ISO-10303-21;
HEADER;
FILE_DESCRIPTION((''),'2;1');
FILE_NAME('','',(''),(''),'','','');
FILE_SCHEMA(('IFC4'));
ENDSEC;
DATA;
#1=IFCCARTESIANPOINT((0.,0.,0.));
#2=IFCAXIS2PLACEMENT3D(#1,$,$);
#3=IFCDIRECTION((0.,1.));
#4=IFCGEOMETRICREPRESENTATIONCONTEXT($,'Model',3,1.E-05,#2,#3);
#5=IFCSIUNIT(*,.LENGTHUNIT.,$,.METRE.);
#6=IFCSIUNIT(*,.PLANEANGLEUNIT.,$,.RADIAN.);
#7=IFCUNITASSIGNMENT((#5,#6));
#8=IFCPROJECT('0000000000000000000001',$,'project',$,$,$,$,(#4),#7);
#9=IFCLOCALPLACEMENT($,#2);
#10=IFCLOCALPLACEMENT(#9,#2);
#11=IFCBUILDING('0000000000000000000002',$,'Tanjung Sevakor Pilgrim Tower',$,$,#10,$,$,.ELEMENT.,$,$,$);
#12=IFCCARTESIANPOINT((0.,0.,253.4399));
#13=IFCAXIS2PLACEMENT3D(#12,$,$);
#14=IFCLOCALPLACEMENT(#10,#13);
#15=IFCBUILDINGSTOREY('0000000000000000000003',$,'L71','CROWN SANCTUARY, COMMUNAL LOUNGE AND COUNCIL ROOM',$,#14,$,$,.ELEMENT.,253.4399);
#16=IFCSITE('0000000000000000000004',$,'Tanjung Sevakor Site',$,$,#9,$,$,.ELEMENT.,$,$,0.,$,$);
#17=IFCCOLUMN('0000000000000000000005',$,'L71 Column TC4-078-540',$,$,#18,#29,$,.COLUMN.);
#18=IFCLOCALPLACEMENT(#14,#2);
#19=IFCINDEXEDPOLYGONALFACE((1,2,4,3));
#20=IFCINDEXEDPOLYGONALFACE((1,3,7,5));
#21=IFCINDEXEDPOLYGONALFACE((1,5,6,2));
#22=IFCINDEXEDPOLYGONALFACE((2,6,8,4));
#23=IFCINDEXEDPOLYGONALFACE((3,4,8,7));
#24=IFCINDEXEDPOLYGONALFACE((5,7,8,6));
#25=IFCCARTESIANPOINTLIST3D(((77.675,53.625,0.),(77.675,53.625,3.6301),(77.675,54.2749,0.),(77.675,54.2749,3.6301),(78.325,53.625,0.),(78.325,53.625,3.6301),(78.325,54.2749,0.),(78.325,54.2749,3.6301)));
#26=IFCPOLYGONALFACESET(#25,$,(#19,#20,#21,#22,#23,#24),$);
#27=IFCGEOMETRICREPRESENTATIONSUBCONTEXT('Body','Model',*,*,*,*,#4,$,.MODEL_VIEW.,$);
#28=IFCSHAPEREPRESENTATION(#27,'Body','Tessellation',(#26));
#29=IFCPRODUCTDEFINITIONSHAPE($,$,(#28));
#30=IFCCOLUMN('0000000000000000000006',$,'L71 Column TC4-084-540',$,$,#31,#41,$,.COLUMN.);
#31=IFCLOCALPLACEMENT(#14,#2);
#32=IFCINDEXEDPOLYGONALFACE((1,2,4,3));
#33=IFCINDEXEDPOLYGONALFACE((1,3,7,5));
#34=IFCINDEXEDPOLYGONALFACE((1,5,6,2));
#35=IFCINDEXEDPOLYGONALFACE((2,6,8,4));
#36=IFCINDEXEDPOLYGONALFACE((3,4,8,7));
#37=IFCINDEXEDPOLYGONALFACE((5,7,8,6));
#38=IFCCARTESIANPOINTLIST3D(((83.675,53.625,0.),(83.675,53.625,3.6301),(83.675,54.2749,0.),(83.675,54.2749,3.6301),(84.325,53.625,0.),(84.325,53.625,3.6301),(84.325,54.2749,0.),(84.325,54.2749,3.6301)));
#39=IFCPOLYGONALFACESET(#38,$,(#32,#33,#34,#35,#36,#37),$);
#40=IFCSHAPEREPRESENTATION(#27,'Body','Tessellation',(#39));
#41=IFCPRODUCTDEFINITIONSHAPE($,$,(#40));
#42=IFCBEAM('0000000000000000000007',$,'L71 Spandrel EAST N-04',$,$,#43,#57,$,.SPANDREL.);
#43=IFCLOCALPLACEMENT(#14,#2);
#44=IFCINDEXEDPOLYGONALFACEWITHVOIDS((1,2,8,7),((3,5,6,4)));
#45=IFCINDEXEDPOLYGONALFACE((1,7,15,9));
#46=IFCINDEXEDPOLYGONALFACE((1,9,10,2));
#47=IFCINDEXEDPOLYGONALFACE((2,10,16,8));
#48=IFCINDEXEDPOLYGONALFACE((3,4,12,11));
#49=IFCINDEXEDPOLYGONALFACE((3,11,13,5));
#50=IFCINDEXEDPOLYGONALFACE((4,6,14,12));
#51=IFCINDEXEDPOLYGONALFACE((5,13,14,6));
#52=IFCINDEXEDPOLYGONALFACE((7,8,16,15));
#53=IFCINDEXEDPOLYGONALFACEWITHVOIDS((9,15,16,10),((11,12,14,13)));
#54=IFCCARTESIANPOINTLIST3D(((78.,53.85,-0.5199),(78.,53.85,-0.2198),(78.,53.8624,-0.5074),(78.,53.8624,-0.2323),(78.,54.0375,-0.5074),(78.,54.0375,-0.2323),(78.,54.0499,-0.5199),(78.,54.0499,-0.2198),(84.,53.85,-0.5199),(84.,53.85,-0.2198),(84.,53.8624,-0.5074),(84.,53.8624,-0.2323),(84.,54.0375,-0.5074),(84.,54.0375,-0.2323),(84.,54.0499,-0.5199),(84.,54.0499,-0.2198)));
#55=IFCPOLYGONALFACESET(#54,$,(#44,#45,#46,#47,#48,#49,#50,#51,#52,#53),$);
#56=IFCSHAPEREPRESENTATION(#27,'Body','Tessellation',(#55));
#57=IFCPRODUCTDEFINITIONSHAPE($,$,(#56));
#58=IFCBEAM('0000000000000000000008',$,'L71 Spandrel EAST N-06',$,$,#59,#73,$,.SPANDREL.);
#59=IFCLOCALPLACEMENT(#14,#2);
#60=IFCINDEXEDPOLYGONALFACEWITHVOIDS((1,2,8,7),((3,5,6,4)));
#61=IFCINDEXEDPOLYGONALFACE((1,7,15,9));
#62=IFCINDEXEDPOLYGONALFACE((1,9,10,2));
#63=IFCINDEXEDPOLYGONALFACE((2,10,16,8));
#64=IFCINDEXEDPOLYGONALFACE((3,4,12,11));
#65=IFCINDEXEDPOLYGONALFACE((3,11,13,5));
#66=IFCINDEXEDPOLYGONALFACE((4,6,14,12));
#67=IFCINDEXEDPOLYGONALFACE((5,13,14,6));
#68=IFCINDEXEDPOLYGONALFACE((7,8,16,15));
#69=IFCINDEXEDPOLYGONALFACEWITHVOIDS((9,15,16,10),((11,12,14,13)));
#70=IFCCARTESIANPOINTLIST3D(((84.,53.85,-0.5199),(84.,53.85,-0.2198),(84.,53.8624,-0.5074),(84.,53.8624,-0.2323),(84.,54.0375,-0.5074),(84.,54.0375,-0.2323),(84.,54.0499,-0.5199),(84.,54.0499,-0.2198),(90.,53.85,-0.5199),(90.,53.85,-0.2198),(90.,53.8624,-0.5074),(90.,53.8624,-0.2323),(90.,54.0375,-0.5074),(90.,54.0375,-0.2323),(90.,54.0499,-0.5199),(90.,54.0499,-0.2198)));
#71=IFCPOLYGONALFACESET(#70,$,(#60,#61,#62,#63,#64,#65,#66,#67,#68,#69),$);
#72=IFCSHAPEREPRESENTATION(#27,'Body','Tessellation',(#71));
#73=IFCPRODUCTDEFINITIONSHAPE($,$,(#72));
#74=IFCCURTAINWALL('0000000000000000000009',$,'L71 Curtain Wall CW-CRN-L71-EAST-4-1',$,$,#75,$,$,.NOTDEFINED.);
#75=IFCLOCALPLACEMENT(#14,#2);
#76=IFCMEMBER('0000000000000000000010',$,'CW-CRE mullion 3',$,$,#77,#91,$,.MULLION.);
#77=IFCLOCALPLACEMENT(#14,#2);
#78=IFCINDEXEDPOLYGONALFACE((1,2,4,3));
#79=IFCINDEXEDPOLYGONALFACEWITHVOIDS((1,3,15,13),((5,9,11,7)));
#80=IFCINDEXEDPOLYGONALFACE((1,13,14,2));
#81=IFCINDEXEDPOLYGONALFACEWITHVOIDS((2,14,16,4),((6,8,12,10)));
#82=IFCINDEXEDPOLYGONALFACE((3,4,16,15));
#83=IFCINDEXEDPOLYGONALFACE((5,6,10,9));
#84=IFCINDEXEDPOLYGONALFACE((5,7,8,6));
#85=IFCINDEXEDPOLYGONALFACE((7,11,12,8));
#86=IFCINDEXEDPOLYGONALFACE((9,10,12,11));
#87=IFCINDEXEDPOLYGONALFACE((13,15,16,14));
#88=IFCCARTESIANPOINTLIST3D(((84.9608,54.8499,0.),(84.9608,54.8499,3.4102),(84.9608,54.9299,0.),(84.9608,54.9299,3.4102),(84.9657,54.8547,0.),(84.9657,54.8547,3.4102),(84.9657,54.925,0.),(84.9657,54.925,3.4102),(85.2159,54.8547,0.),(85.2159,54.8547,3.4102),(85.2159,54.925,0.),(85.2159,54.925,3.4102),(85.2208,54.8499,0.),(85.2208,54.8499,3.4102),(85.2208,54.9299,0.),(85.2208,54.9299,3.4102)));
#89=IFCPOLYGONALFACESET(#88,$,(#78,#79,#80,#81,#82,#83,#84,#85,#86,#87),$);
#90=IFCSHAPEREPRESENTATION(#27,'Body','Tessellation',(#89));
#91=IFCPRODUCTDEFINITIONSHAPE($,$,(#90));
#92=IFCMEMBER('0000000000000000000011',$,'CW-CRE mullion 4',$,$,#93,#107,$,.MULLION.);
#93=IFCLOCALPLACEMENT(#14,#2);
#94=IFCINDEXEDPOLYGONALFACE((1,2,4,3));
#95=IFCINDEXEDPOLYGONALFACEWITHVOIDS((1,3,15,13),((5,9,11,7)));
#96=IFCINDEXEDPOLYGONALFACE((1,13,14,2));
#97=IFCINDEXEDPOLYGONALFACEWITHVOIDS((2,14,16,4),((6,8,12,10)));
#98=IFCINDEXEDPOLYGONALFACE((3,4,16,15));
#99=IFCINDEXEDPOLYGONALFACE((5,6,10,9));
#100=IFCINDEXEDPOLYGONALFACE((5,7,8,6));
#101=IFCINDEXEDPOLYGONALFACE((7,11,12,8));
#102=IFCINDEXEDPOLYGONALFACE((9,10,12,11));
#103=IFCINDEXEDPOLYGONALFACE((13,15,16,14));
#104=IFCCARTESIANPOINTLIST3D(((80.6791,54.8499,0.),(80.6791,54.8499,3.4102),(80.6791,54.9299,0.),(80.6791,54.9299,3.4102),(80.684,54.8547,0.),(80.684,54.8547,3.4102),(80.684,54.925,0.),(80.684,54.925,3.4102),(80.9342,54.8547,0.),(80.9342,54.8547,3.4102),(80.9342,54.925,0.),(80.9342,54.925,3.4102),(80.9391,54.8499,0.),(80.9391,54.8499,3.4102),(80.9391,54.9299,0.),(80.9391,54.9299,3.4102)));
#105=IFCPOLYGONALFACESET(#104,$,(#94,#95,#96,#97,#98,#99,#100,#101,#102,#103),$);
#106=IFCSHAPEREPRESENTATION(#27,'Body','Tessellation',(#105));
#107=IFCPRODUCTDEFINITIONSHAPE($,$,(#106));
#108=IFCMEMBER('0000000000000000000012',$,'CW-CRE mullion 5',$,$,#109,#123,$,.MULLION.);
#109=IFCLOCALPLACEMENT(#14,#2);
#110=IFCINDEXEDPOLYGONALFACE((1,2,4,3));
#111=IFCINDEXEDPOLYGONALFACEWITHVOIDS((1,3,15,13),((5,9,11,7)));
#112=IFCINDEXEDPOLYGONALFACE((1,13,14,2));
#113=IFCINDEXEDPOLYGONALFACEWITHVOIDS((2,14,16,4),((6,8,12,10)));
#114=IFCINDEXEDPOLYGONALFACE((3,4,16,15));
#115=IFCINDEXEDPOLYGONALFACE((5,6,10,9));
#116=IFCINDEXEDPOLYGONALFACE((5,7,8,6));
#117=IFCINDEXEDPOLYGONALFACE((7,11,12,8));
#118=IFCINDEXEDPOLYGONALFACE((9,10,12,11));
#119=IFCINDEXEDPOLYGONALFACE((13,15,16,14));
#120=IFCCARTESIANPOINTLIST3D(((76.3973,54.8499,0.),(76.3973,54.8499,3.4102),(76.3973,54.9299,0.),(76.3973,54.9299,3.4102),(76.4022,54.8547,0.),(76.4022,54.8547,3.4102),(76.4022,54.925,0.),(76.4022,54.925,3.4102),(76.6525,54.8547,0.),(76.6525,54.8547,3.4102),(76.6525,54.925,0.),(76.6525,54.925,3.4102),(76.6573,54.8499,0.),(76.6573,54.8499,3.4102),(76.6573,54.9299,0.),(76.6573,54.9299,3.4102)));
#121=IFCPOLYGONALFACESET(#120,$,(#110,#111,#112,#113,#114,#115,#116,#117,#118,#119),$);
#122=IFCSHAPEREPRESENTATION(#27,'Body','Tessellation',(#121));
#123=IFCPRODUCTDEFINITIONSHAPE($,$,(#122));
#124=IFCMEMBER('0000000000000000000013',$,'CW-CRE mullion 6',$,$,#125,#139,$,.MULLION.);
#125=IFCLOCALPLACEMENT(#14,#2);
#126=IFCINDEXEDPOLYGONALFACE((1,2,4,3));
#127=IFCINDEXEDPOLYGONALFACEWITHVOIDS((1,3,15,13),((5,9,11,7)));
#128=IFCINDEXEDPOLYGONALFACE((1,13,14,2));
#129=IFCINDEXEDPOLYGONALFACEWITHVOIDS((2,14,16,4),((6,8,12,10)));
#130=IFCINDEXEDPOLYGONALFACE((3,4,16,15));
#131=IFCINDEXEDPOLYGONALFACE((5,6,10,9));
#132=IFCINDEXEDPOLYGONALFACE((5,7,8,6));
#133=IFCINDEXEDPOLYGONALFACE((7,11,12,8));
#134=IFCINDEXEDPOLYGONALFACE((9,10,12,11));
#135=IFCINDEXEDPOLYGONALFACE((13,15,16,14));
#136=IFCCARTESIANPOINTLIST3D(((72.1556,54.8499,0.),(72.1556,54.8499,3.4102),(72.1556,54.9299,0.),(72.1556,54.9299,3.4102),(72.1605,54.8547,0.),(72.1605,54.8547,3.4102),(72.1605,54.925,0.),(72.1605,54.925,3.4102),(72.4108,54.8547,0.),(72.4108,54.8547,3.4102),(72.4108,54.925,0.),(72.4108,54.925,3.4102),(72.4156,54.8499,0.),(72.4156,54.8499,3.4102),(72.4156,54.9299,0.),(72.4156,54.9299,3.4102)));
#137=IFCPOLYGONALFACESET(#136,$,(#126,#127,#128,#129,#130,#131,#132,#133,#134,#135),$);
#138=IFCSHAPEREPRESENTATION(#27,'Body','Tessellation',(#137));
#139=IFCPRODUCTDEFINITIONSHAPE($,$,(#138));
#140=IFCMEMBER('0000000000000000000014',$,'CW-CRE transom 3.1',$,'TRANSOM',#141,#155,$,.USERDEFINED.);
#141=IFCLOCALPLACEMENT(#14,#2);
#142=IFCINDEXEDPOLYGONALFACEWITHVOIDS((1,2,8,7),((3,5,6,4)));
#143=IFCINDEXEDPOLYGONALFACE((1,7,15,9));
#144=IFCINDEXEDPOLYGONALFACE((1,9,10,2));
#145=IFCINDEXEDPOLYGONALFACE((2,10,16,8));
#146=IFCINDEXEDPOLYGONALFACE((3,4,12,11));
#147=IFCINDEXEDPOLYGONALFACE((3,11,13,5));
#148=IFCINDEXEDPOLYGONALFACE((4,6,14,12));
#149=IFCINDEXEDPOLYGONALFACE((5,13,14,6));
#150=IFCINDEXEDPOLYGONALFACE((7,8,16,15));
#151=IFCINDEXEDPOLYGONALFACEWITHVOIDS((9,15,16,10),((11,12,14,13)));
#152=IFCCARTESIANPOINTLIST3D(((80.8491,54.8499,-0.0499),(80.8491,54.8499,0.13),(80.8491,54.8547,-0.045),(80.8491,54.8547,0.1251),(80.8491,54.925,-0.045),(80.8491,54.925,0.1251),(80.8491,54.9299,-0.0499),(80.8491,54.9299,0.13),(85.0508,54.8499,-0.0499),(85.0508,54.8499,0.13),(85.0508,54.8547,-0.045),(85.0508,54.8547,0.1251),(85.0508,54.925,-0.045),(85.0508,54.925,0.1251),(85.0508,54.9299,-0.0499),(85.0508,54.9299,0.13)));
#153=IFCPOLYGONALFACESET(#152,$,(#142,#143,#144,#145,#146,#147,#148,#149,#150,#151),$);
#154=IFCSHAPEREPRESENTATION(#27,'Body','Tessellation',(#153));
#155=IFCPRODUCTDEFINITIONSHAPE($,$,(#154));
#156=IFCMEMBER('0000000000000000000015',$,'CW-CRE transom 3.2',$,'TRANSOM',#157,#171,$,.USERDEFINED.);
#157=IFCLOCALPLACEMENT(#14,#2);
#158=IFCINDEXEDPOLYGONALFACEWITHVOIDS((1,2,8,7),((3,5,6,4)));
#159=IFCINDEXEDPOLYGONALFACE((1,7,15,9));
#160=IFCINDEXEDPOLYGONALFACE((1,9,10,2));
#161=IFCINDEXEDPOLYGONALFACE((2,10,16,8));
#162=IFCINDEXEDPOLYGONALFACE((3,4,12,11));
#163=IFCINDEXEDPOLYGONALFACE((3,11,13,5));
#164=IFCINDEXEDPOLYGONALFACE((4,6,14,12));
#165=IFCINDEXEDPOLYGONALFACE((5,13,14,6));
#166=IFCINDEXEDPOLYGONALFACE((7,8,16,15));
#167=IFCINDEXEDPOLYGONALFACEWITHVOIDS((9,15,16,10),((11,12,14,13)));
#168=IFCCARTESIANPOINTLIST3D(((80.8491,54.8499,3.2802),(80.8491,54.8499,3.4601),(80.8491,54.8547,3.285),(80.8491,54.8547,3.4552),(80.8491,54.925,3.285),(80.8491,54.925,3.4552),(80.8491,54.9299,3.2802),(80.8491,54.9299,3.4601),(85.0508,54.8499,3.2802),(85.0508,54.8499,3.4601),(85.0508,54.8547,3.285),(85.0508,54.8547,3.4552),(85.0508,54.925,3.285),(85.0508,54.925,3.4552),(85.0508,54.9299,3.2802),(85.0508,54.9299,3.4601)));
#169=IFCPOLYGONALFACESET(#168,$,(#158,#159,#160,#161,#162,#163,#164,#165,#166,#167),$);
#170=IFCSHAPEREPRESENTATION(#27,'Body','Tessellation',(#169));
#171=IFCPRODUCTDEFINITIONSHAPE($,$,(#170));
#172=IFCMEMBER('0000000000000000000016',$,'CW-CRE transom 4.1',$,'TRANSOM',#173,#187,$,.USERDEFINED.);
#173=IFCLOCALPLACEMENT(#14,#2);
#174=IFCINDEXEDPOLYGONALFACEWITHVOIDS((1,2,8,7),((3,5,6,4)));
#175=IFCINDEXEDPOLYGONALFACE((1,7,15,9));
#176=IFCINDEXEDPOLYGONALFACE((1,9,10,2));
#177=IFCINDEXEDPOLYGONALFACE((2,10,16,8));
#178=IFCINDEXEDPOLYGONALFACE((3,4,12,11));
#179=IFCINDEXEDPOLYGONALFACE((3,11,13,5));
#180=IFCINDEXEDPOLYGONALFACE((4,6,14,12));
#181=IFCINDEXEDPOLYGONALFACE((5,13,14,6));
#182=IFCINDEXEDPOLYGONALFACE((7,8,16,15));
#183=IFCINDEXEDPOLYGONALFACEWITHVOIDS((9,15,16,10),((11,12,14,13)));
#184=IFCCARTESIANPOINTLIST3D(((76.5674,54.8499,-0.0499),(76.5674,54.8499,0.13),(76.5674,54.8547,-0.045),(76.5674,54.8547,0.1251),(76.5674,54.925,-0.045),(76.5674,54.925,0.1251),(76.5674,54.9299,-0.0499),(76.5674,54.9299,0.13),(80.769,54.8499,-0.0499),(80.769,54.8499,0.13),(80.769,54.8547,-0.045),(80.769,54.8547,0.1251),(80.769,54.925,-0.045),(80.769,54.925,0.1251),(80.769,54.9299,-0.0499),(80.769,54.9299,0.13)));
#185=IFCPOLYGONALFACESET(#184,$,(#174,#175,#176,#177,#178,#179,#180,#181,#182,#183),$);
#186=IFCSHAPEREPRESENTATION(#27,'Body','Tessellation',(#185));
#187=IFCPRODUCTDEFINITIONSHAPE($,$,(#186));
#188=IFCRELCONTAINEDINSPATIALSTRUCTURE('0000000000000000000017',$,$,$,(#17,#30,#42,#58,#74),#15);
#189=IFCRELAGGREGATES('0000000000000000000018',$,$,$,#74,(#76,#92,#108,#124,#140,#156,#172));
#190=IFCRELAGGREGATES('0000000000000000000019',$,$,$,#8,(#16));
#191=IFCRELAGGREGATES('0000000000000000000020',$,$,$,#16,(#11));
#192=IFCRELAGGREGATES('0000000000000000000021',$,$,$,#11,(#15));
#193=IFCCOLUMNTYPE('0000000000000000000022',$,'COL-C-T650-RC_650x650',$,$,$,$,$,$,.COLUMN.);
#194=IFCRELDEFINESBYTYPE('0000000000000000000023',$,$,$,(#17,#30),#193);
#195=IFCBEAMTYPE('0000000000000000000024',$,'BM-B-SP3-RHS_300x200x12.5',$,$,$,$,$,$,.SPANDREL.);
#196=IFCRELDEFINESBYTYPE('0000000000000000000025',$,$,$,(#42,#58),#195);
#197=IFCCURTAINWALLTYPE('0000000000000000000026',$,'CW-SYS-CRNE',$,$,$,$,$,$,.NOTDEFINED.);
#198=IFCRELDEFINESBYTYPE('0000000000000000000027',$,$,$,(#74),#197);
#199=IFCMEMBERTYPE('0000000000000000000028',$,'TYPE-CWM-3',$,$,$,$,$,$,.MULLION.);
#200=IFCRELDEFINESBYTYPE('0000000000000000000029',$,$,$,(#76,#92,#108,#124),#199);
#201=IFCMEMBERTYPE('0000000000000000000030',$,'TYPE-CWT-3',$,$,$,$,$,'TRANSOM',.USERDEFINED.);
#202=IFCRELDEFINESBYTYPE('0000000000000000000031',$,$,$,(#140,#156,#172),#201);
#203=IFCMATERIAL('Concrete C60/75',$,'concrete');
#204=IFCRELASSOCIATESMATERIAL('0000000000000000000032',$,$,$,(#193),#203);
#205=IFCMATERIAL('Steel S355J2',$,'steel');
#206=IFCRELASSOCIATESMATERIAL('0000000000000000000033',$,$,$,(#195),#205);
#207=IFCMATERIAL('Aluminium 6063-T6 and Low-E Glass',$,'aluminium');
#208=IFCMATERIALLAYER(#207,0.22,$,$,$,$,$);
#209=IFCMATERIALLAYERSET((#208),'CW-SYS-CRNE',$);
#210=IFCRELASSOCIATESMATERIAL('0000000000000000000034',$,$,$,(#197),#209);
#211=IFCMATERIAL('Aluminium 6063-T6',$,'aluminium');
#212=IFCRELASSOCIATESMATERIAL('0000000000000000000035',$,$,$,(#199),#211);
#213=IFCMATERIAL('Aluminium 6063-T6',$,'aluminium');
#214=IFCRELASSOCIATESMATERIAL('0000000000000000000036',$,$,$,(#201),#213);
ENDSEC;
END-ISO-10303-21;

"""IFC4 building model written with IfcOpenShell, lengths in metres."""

from ifc_helpers import new_model, si_unit, direction, frame, origin, origin_2d, place, context, subcontext, project, spatial, rectangle, hollow_rectangle, extrude, material, layer, layer_set, material_profile, profile_set, type_object, element, aggregate, save


model = new_model("IFC4")

# Units and contexts
model_context = context("Model", 3, precision=1e-05, world=origin(), true_north=direction((0.0, 1.0)))
body_context = subcontext(model_context, "Body", "Model", "MODEL_VIEW")
ifc_project = project(units=[si_unit("LENGTHUNIT", "METRE"), si_unit("PLANEANGLEUNIT", "RADIAN")], contexts=[model_context])

# Site, building, storey
site_placement = place(None, origin())
site = spatial("IfcSite", under=ifc_project, at=site_placement, Name="Tanjung Sevakor Site", CompositionType="ELEMENT", RefElevation=0.0)
building_placement = place(site_placement, origin())
building = spatial("IfcBuilding", under=site, at=building_placement, Name="Tanjung Sevakor Pilgrim Tower", CompositionType="ELEMENT")
storey_placement = place(building_placement, frame((0.0, 0.0, 253.4399)))
storey = spatial("IfcBuildingStorey", under=building, at=storey_placement, Name="L71", Description="CROWN SANCTUARY, COMMUNAL LOUNGE AND COUNCIL ROOM", CompositionType="ELEMENT", Elevation=253.4399)

# Columns
ifc_material_1 = material(Name="Concrete C60/75", Category="concrete")
ifc_material_profile_1 = material_profile(ifc_material_1, rectangle(XDim=0.6499, YDim=0.6499, at=origin_2d()))
ifc_profile_set_1 = profile_set([ifc_material_profile_1], Name="Concrete C60/75")
column_type = type_object("IfcColumnType", Name="COL-C-T650-RC_650x650", PredefinedType="COLUMN", material=ifc_profile_set_1)
for number, where, z_axis, x_axis, name in (
    (1, (78.0, 53.95, 0.0), (0.0, 0.0, 1.0), (1.0, 0.0, 0.0), "L71 Column TC4-078-540"),
    (2, (84.0, 53.95, 0.0), (0.0, 0.0, 1.0), (1.0, 0.0, 0.0), "L71 Column TC4-084-540"),
):
    element("IfcColumn", number, at=place(storey_placement, frame(where, z_axis=z_axis, x_axis=x_axis)), inside=storey, type_object=column_type, Name=name, PredefinedType="COLUMN", context=body_context, shape_type="SweptSolid", body=[
        extrude(rectangle(XDim=0.6499, YDim=0.6499, at=origin_2d()), origin(), (0.0, 0.0, 1.0), 3.6301),
    ])

# Beams
ifc_material_2 = material(Name="Steel S355J2", Category="steel")
ifc_material_profile_2 = material_profile(ifc_material_2, hollow_rectangle(XDim=0.2, YDim=0.3, WallThickness=0.0125, at=origin_2d()))
ifc_profile_set_2 = profile_set([ifc_material_profile_2], Name="Steel S355J2")
beam_type = type_object("IfcBeamType", Name="BM-B-SP3-RHS_300x200x12.5", PredefinedType="SPANDREL", material=ifc_profile_set_2)
for number, where, z_axis, x_axis, name in (
    (3, (78.0, 53.95, -0.3699), (1.0, 0.0, 0.0), (0.0, 1.0, 0.0), "L71 Spandrel EAST N-04"),
    (4, (84.0, 53.95, -0.3699), (1.0, 0.0, 0.0), (0.0, 1.0, 0.0), "L71 Spandrel EAST N-06"),
):
    element("IfcBeam", number, at=place(storey_placement, frame(where, z_axis=z_axis, x_axis=x_axis)), inside=storey, type_object=beam_type, Name=name, PredefinedType="SPANDREL", context=body_context, shape_type="SweptSolid", body=[
        extrude(hollow_rectangle(XDim=0.2, YDim=0.3, WallThickness=0.0125, at=origin_2d()), origin(), (0.0, 0.0, 1.0), 6.0),
    ])

# Curtain wall, members
ifc_material_3 = material(Name="Aluminium 6063-T6 and Low-E Glass", Category="aluminium")
ifc_layer_1 = layer(ifc_material_3, 0.22)
ifc_layer_set_1 = layer_set([ifc_layer_1], Name="CW-SYS-CRNE")
curtain_wall_type = type_object("IfcCurtainWallType", Name="CW-SYS-CRNE", PredefinedType="NOTDEFINED", material=ifc_layer_set_1)
curtain_wall_placement = place(storey_placement, origin())
curtain_wall = element("IfcCurtainWall", 5, at=curtain_wall_placement, inside=storey, type_object=curtain_wall_type, Name="L71 Curtain Wall CW-CRN-L71-EAST-4-1", PredefinedType="NOTDEFINED")
ifc_material_4 = material(Name="Aluminium 6063-T6", Category="aluminium")
ifc_material_profile_3 = material_profile(ifc_material_4, hollow_rectangle(XDim=0.0801, YDim=0.26, WallThickness=0.0049, at=origin_2d()))
ifc_profile_set_3 = profile_set([ifc_material_profile_3], Name="Aluminium 6063-T6")
member_type_1 = type_object("IfcMemberType", Name="TYPE-CWM-3", PredefinedType="MULLION", material=ifc_profile_set_3)
member_1_placement = place(storey_placement, frame((85.0908, 54.8899, 0.0), z_axis=(0.0, 0.0, 1.0), x_axis=(0.0, -1.0, 0.0)))
member_1 = element("IfcMember", 6, at=member_1_placement, type_object=member_type_1, Name="CW-CRE mullion 3", PredefinedType="MULLION", context=body_context, shape_type="SweptSolid", body=[
    extrude(hollow_rectangle(XDim=0.0801, YDim=0.26, WallThickness=0.0049, at=origin_2d()), origin(), (0.0, 0.0, 1.0), 3.4102),
])
member_2_placement = place(storey_placement, frame((80.8091, 54.8899, 0.0), z_axis=(0.0, 0.0, 1.0), x_axis=(0.0, -1.0, 0.0)))
member_2 = element("IfcMember", 7, at=member_2_placement, type_object=member_type_1, Name="CW-CRE mullion 4", PredefinedType="MULLION", context=body_context, shape_type="SweptSolid", body=[
    extrude(hollow_rectangle(XDim=0.0801, YDim=0.26, WallThickness=0.0049, at=origin_2d()), origin(), (0.0, 0.0, 1.0), 3.4102),
])
member_3_placement = place(storey_placement, frame((76.5273, 54.8899, 0.0), z_axis=(0.0, 0.0, 1.0), x_axis=(0.0, -1.0, 0.0)))
member_3 = element("IfcMember", 8, at=member_3_placement, type_object=member_type_1, Name="CW-CRE mullion 5", PredefinedType="MULLION", context=body_context, shape_type="SweptSolid", body=[
    extrude(hollow_rectangle(XDim=0.0801, YDim=0.26, WallThickness=0.0049, at=origin_2d()), origin(), (0.0, 0.0, 1.0), 3.4102),
])
member_4_placement = place(storey_placement, frame((72.2856, 54.8899, 0.0), z_axis=(0.0, 0.0, 1.0), x_axis=(0.0, -1.0, 0.0)))
member_4 = element("IfcMember", 9, at=member_4_placement, type_object=member_type_1, Name="CW-CRE mullion 6", PredefinedType="MULLION", context=body_context, shape_type="SweptSolid", body=[
    extrude(hollow_rectangle(XDim=0.0801, YDim=0.26, WallThickness=0.0049, at=origin_2d()), origin(), (0.0, 0.0, 1.0), 3.4102),
])
ifc_material_5 = material(Name="Aluminium 6063-T6", Category="aluminium")
ifc_material_profile_4 = material_profile(ifc_material_5, hollow_rectangle(XDim=0.0801, YDim=0.1799, WallThickness=0.0049, at=origin_2d()))
ifc_profile_set_4 = profile_set([ifc_material_profile_4], Name="Aluminium 6063-T6")
member_type_2 = type_object("IfcMemberType", Name="TYPE-CWT-3", ElementType="TRANSOM", PredefinedType="USERDEFINED", material=ifc_profile_set_4)
member_5_placement = place(storey_placement, frame((85.0508, 54.8899, 0.04), z_axis=(-1.0, 0.0, 0.0), x_axis=(0.0, -1.0, 0.0)))
member_5 = element("IfcMember", 10, at=member_5_placement, type_object=member_type_2, Name="CW-CRE transom 3.1", ObjectType="TRANSOM", PredefinedType="USERDEFINED", context=body_context, shape_type="SweptSolid", body=[
    extrude(hollow_rectangle(XDim=0.0801, YDim=0.1799, WallThickness=0.0049, at=origin_2d()), origin(), (0.0, 0.0, 1.0), 4.2017),
])
member_6_placement = place(storey_placement, frame((85.0508, 54.8899, 3.3701), z_axis=(-1.0, 0.0, 0.0), x_axis=(0.0, -1.0, 0.0)))
member_6 = element("IfcMember", 11, at=member_6_placement, type_object=member_type_2, Name="CW-CRE transom 3.2", ObjectType="TRANSOM", PredefinedType="USERDEFINED", context=body_context, shape_type="SweptSolid", body=[
    extrude(hollow_rectangle(XDim=0.0801, YDim=0.1799, WallThickness=0.0049, at=origin_2d()), origin(), (0.0, 0.0, 1.0), 4.2017),
])
member_7_placement = place(storey_placement, frame((80.769, 54.8899, 0.04), z_axis=(-1.0, 0.0, 0.0), x_axis=(0.0, -1.0, 0.0)))
member_7 = element("IfcMember", 12, at=member_7_placement, type_object=member_type_2, Name="CW-CRE transom 4.1", ObjectType="TRANSOM", PredefinedType="USERDEFINED", context=body_context, shape_type="SweptSolid", body=[
    extrude(hollow_rectangle(XDim=0.0801, YDim=0.1799, WallThickness=0.0049, at=origin_2d()), origin(), (0.0, 0.0, 1.0), 4.2017),
])
aggregate(curtain_wall, [member_1, member_2, member_3, member_4, member_5, member_6, member_7])

save(model, "model.ifc")
